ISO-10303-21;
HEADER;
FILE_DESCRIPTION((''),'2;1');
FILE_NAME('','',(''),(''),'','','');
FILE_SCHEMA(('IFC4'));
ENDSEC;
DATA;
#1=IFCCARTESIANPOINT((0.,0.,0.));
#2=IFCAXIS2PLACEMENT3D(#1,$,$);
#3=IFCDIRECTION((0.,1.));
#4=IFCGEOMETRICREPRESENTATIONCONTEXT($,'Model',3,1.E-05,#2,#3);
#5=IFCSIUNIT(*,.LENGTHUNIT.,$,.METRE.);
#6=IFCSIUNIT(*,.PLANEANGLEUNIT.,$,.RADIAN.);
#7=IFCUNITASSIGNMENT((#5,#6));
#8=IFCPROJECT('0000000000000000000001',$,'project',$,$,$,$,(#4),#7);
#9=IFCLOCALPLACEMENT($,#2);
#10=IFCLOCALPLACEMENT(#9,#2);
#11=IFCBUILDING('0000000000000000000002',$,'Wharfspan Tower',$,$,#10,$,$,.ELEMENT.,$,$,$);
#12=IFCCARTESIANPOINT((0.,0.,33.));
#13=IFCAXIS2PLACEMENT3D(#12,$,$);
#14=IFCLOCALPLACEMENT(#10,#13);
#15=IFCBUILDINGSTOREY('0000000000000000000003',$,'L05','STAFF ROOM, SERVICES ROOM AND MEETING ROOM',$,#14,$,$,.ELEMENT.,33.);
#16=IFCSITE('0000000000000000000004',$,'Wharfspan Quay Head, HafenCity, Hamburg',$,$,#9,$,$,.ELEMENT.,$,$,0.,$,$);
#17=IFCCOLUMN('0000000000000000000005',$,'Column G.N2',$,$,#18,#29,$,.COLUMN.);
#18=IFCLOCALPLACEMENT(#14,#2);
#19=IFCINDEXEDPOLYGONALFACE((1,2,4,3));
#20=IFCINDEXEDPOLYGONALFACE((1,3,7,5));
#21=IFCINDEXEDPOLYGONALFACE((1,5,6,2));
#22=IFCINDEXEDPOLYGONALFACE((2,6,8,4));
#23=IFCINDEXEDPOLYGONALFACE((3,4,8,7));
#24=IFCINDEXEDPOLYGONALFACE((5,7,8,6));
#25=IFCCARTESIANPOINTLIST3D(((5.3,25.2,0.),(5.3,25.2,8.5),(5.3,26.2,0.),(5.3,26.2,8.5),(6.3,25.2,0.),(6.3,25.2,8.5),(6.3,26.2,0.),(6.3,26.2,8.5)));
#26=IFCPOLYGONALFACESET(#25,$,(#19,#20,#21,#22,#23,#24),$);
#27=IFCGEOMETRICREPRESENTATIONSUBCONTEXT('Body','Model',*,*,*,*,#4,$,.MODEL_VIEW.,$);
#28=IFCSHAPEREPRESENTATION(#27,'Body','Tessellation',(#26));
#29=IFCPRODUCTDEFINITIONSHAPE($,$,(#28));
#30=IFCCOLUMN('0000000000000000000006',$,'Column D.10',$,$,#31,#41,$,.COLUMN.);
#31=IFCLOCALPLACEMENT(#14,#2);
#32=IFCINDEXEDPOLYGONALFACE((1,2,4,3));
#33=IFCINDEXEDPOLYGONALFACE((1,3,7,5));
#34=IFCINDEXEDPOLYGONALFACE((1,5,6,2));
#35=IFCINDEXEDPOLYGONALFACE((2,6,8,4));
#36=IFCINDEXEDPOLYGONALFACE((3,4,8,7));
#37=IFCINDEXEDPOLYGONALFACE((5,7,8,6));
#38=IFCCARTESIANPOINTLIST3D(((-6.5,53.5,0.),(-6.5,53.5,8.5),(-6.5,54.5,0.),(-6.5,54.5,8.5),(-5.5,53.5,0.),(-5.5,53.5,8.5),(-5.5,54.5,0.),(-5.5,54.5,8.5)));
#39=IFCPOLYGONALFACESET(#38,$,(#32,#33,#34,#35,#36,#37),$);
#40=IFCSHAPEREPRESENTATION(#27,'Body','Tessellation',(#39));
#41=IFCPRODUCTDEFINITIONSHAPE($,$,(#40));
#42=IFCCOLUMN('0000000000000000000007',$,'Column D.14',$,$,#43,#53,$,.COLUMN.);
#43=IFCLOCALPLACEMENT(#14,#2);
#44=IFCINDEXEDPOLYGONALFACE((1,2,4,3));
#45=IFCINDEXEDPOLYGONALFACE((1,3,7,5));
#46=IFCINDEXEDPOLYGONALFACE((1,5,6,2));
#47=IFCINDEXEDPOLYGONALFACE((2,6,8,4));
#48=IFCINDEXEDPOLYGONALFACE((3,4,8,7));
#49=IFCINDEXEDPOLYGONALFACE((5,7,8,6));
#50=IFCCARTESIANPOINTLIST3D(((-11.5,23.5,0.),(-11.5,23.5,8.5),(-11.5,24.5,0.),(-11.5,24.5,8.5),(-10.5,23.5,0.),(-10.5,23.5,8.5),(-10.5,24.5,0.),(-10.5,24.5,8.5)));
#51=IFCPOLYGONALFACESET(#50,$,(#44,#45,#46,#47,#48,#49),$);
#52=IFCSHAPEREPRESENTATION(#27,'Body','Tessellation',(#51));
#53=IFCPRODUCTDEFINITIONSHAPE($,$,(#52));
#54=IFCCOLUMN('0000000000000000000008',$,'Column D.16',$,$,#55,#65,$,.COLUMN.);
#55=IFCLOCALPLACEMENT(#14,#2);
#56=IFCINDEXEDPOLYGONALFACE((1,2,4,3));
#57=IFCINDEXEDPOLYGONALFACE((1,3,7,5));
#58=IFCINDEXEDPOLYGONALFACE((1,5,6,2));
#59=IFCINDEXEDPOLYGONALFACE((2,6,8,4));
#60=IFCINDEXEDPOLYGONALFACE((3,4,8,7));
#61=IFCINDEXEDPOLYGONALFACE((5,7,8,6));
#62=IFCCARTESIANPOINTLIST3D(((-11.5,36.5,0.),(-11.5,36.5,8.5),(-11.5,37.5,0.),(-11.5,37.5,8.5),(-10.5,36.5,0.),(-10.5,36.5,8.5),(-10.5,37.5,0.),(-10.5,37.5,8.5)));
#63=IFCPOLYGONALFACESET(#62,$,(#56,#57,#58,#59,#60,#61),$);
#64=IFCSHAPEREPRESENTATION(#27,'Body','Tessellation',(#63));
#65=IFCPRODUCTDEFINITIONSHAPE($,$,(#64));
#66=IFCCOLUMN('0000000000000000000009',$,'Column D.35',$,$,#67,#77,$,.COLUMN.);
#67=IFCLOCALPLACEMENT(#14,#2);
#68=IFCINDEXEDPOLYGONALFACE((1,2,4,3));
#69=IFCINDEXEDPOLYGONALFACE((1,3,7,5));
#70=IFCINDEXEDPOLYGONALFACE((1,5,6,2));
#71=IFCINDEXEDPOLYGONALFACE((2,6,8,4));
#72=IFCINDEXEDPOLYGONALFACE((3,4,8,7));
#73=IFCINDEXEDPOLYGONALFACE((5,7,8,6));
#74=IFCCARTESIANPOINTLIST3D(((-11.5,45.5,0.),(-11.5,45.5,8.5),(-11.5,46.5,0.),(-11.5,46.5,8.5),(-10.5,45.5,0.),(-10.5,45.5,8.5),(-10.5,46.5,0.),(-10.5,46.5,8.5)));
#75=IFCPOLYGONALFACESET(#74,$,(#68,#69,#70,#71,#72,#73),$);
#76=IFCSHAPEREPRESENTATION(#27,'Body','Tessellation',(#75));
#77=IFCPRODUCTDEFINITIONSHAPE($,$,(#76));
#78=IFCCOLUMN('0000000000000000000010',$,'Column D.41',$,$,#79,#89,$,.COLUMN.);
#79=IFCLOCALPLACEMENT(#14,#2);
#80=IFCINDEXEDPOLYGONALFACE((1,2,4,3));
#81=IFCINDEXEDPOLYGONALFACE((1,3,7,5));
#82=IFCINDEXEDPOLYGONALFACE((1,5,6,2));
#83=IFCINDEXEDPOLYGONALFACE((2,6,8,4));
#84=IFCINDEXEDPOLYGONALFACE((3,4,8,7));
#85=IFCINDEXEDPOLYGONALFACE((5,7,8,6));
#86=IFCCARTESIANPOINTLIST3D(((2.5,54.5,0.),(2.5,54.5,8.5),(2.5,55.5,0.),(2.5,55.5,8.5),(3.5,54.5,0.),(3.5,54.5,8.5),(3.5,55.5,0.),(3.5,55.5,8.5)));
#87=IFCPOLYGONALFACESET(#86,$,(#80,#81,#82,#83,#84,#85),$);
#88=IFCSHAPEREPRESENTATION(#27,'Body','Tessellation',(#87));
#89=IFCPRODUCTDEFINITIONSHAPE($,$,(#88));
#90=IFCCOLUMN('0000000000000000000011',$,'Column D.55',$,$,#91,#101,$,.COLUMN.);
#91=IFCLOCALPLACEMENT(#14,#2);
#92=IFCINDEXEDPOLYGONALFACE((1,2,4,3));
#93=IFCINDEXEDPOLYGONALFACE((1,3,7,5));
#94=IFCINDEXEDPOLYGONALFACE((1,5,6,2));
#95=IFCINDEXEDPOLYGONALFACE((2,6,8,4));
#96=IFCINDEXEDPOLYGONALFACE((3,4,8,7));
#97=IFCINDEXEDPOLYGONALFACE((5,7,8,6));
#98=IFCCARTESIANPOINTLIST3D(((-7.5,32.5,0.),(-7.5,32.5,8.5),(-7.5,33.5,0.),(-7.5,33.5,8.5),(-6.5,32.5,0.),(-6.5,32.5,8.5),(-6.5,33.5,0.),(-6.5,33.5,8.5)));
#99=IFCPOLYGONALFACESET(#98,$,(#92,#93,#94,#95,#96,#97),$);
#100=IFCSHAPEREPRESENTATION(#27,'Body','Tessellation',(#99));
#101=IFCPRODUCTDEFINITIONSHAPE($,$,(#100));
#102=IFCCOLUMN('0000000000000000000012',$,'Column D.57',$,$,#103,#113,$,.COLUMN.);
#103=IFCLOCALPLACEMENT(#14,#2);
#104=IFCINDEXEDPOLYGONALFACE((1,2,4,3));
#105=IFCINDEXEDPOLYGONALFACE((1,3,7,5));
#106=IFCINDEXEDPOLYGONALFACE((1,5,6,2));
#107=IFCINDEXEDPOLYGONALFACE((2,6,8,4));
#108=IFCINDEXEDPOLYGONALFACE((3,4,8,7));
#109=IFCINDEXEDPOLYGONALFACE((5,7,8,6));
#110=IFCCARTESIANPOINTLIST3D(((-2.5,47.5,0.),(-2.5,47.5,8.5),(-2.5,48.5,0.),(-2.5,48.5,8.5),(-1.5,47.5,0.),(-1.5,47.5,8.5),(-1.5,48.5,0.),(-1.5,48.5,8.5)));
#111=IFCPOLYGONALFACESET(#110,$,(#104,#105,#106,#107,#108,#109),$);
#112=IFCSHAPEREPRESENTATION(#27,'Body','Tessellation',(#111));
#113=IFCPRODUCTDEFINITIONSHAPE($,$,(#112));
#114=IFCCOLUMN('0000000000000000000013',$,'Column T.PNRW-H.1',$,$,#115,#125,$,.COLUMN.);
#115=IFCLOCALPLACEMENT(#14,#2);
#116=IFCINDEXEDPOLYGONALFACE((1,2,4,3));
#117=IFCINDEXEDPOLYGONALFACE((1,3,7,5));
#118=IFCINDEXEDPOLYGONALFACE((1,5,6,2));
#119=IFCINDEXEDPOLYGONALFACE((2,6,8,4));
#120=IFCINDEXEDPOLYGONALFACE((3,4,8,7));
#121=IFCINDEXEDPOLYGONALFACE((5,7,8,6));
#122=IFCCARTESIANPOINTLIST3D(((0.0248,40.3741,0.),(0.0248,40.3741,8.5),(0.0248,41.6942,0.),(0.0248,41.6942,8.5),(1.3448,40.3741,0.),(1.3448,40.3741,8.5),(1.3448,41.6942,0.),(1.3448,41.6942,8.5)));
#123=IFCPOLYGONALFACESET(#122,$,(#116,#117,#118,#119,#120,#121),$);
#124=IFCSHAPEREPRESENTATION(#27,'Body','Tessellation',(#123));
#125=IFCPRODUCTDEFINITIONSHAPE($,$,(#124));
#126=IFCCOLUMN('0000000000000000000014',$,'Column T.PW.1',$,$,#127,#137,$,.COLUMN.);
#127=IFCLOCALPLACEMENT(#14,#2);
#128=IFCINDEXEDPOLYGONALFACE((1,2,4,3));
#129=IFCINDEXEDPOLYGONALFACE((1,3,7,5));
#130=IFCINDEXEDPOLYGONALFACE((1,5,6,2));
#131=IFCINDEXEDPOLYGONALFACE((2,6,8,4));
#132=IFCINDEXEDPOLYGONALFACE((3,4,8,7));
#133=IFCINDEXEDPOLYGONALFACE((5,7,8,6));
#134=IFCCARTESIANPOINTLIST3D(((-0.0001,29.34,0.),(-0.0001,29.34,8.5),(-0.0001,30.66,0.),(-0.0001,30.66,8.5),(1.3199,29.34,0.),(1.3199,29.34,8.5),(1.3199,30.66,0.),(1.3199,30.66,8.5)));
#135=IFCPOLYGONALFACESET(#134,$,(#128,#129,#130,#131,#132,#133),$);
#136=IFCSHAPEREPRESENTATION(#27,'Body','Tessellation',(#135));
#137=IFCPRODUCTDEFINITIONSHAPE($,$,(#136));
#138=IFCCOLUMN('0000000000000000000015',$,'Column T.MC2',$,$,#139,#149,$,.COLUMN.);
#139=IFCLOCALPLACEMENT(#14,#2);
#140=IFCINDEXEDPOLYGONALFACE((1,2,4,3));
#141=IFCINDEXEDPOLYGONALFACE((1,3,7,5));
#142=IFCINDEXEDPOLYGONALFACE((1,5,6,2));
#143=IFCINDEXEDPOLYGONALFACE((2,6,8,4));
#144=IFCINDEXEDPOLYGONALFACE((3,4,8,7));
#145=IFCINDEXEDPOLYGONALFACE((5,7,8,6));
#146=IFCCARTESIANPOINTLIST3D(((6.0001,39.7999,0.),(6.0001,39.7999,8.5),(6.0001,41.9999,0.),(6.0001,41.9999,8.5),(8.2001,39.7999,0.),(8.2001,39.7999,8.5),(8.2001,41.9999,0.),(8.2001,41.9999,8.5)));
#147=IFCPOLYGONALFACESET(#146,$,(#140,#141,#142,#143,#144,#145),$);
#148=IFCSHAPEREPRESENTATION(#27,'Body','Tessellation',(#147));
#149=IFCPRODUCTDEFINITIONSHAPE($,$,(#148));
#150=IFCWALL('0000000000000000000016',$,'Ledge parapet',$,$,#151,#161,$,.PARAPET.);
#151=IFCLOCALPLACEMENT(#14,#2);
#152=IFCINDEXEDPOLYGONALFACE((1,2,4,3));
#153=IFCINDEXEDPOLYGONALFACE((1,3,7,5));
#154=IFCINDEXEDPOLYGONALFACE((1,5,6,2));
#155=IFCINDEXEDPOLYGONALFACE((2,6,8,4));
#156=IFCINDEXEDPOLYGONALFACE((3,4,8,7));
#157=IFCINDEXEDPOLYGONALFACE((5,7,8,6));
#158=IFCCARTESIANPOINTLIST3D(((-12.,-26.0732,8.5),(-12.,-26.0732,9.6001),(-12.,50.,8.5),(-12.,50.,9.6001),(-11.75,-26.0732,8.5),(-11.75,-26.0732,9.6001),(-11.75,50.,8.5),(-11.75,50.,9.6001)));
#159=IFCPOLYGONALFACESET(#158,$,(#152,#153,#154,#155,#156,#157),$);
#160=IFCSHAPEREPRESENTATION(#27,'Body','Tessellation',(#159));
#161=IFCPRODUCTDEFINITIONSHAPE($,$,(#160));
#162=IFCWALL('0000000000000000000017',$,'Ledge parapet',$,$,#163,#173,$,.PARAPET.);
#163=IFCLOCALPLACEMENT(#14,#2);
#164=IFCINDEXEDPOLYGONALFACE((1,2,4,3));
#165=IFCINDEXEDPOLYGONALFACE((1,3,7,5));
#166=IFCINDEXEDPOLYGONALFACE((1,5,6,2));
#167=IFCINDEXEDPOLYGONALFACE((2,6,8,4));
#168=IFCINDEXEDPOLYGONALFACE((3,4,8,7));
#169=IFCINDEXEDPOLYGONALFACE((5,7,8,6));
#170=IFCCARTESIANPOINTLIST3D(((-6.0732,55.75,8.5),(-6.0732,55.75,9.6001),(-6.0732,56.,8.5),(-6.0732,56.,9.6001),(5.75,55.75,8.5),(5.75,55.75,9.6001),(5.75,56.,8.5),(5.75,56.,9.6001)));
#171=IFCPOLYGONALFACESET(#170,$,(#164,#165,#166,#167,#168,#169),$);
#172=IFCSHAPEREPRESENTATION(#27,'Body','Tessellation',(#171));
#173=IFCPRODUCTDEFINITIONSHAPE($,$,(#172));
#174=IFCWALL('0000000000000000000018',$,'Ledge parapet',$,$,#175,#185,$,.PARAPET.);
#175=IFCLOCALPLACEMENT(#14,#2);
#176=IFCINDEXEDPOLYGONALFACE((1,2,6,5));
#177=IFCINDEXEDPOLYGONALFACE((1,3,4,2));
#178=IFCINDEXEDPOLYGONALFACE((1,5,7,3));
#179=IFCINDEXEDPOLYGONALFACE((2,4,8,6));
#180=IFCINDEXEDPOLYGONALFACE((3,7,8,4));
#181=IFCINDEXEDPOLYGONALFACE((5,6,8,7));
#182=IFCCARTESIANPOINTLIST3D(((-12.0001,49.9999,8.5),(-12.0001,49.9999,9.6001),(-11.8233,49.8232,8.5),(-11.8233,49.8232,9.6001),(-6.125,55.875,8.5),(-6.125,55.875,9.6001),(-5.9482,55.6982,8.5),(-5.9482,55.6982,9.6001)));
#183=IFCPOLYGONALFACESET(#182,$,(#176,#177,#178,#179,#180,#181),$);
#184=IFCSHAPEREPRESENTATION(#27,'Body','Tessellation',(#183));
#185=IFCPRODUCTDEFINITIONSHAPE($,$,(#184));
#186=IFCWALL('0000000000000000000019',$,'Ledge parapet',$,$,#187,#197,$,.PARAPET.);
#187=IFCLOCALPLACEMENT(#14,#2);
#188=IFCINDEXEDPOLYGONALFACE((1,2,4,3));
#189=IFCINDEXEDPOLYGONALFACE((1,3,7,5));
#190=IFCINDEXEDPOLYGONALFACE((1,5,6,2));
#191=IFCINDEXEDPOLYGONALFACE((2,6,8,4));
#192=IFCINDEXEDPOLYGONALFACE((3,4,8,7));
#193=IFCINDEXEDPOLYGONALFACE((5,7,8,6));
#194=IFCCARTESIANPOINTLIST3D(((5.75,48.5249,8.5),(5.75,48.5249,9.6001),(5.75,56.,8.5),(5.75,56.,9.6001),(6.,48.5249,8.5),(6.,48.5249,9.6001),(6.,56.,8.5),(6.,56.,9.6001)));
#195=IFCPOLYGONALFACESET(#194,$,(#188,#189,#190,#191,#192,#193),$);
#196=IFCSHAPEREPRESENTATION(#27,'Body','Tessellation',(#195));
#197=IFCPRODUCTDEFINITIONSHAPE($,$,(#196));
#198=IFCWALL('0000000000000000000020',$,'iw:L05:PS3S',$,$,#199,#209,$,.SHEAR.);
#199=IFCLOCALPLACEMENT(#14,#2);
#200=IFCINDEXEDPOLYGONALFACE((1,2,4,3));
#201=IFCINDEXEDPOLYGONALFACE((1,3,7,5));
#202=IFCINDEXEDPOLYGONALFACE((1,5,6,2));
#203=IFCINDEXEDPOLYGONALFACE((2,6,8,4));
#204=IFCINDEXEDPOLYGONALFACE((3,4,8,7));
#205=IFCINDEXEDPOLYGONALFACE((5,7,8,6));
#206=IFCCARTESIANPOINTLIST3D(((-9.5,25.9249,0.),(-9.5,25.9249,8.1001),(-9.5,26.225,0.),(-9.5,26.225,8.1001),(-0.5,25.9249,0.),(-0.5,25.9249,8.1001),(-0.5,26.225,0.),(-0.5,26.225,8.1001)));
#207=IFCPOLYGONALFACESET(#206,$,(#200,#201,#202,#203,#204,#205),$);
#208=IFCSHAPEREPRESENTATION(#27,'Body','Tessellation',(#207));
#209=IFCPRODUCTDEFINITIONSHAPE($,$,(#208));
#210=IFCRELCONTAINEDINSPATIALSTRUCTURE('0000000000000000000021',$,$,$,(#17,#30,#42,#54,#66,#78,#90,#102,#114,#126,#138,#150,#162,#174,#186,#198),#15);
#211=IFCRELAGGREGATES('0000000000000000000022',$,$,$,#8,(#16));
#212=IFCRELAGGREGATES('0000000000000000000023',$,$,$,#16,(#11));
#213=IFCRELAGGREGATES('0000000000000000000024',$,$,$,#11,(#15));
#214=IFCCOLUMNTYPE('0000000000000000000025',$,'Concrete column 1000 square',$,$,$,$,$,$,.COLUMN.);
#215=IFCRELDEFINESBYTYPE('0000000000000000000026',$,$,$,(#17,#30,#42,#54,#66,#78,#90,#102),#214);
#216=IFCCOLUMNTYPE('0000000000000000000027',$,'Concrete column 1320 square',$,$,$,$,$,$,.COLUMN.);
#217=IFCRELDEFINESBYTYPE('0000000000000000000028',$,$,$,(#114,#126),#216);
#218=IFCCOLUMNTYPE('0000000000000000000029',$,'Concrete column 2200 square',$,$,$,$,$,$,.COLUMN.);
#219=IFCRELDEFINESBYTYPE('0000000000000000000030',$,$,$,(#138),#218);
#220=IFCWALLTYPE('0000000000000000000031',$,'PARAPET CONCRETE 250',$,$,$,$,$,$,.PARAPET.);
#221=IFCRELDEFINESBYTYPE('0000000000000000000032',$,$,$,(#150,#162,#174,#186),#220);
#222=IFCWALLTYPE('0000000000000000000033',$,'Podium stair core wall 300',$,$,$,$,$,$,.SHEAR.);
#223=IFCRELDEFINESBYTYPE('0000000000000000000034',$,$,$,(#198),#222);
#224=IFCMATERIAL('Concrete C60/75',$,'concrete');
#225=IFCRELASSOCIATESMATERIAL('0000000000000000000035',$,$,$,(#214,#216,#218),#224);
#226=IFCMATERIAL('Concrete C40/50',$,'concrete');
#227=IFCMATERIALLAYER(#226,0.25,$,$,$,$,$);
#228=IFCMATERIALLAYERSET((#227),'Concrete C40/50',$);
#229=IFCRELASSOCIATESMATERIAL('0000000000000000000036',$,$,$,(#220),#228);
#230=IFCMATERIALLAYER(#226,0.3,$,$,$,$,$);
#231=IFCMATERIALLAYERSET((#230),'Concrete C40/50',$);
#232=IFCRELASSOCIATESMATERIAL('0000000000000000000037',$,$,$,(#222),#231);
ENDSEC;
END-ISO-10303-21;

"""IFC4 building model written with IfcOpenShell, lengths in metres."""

from ifc_helpers import new_model, si_unit, direction, frame, frame_2d, origin, origin_2d, place, context, subcontext, project, spatial, rectangle, extrude, material, layer, layer_set, material_profile, profile_set, type_object, element, save


model = new_model("IFC4")

# Units and contexts
model_context = context("Model", 3, precision=1e-05, world=origin(), true_north=direction((0.0, 1.0)))
body_context = subcontext(model_context, "Body", "Model", "MODEL_VIEW")
ifc_project = project(units=[si_unit("LENGTHUNIT", "METRE"), si_unit("PLANEANGLEUNIT", "RADIAN")], contexts=[model_context])

# Site, building, storey
site_placement = place(None, origin())
site = spatial("IfcSite", under=ifc_project, at=site_placement, Name="Wharfspan Quay Head, HafenCity, Hamburg", CompositionType="ELEMENT", RefElevation=0.0)
building_placement = place(site_placement, origin())
building = spatial("IfcBuilding", under=site, at=building_placement, Name="Wharfspan Tower", CompositionType="ELEMENT")
storey_placement = place(building_placement, frame((0.0, 0.0, 33.0)))
storey = spatial("IfcBuildingStorey", under=building, at=storey_placement, Name="L05", Description="STAFF ROOM, SERVICES ROOM AND MEETING ROOM", CompositionType="ELEMENT", Elevation=33.0)

# Columns
ifc_material_1 = material(Name="Concrete C60/75", Category="concrete")
ifc_material_profile_1 = material_profile(ifc_material_1, rectangle(XDim=1.0, YDim=1.0, at=origin_2d()))
ifc_profile_set_1 = profile_set([ifc_material_profile_1], Name="Concrete C60/75")
column_type_1 = type_object("IfcColumnType", Name="Concrete column 1000 square", PredefinedType="COLUMN", material=ifc_profile_set_1)
for number, where, z_axis, x_axis, name in (
    (1, (5.8, 25.7, 0.0), (0.0, 0.0, 1.0), (1.0, 0.0, 0.0), "Column G.N2"),
    (2, (-6.0, 54.0, 0.0), (0.0, 0.0, 1.0), (1.0, 0.0, 0.0), "Column D.10"),
    (3, (-11.0, 24.0, 0.0), (0.0, 0.0, 1.0), (1.0, 0.0, 0.0), "Column D.14"),
    (4, (-11.0, 37.0, 0.0), (0.0, 0.0, 1.0), (1.0, 0.0, 0.0), "Column D.16"),
    (5, (-11.0, 46.0, 0.0), (0.0, 0.0, 1.0), (1.0, 0.0, 0.0), "Column D.35"),
    (6, (3.0, 55.0, 0.0), (0.0, 0.0, 1.0), (1.0, 0.0, 0.0), "Column D.41"),
    (7, (-7.0, 33.0, 0.0), (0.0, 0.0, 1.0), (1.0, 0.0, 0.0), "Column D.55"),
    (8, (-2.0, 48.0, 0.0), (0.0, 0.0, 1.0), (1.0, 0.0, 0.0), "Column D.57"),
):
    element("IfcColumn", number, at=place(storey_placement, frame(where, z_axis=z_axis, x_axis=x_axis)), inside=storey, type_object=column_type_1, Name=name, PredefinedType="COLUMN", context=body_context, shape_type="SweptSolid", body=[
        extrude(rectangle(XDim=1.0, YDim=1.0, at=origin_2d()), origin(), (0.0, 0.0, 1.0), 8.5),
    ])
ifc_material_profile_2 = material_profile(ifc_material_1, rectangle(XDim=1.3201, YDim=1.3201, at=origin_2d()))
ifc_profile_set_2 = profile_set([ifc_material_profile_2], Name="Concrete C60/75")
column_type_2 = type_object("IfcColumnType", Name="Concrete column 1320 square", PredefinedType="COLUMN", material=ifc_profile_set_2)
for number, where, z_axis, x_axis, name in (
    (9, (0.6848, 41.0342, 0.0), (0.0, 0.0, 1.0), (1.0, 0.0, 0.0), "Column T.PNRW-H.1"),
    (10, (0.6599, 30.0, 0.0), (0.0, 0.0, 1.0), (1.0, 0.0, 0.0), "Column T.PW.1"),
):
    element("IfcColumn", number, at=place(storey_placement, frame(where, z_axis=z_axis, x_axis=x_axis)), inside=storey, type_object=column_type_2, Name=name, PredefinedType="COLUMN", context=body_context, shape_type="SweptSolid", body=[
        extrude(rectangle(XDim=1.3201, YDim=1.3201, at=origin_2d()), origin(), (0.0, 0.0, 1.0), 8.5),
    ])
ifc_material_profile_3 = material_profile(ifc_material_1, rectangle(XDim=2.2, YDim=2.2, at=origin_2d()))
ifc_profile_set_3 = profile_set([ifc_material_profile_3], Name="Concrete C60/75")
column_type_3 = type_object("IfcColumnType", Name="Concrete column 2200 square", PredefinedType="COLUMN", material=ifc_profile_set_3)
column_placement = place(storey_placement, frame((7.1001, 40.8999, 0.0), z_axis=(0.0, 0.0, 1.0), x_axis=(1.0, 0.0, 0.0)))
element("IfcColumn", 11, at=column_placement, inside=storey, type_object=column_type_3, Name="Column T.MC2", PredefinedType="COLUMN", context=body_context, shape_type="SweptSolid", body=[
    extrude(rectangle(XDim=2.2, YDim=2.2, at=origin_2d()), origin(), (0.0, 0.0, 1.0), 8.5),
])

# Walls
ifc_material_2 = material(Name="Concrete C40/50", Category="concrete")
ifc_layer_1 = layer(ifc_material_2, 0.25)
ifc_layer_set_1 = layer_set([ifc_layer_1], Name="Concrete C40/50")
wall_type_1 = type_object("IfcWallType", Name="PARAPET CONCRETE 250", PredefinedType="PARAPET", material=ifc_layer_set_1)
wall_1_placement = place(storey_placement, frame((-11.875, 50.0, 8.5), z_axis=(0.0, 0.0, 1.0), x_axis=(0.0, -1.0, 0.0)))
element("IfcWall", 12, at=wall_1_placement, inside=storey, type_object=wall_type_1, Name="Ledge parapet", PredefinedType="PARAPET", context=body_context, shape_type="SweptSolid", body=[
    extrude(rectangle(XDim=76.0732, YDim=0.25, at=frame_2d((38.0366, 0.0))), origin(), (0.0, 0.0, 1.0), 1.1001),
])
wall_2_placement = place(storey_placement, frame((5.75, 55.875, 8.5), z_axis=(0.0, 0.0, 1.0), x_axis=(-1.0, 0.0, 0.0)))
element("IfcWall", 13, at=wall_2_placement, inside=storey, type_object=wall_type_1, Name="Ledge parapet", PredefinedType="PARAPET", context=body_context, shape_type="SweptSolid", body=[
    extrude(rectangle(XDim=11.8232, YDim=0.25, at=frame_2d((5.9116, 0.0))), origin(), (0.0, 0.0, 1.0), 1.1001),
])
wall_3_placement = place(storey_placement, frame((-6.0366, 55.7866, 8.5), z_axis=(0.0, 0.0, 1.0), x_axis=(-0.707107, -0.707107, 0.0)))
element("IfcWall", 14, at=wall_3_placement, inside=storey, type_object=wall_type_1, Name="Ledge parapet", PredefinedType="PARAPET", context=body_context, shape_type="SweptSolid", body=[
    extrude(rectangle(XDim=8.3086, YDim=0.25, at=frame_2d((4.1543, 0.0))), origin(), (0.0, 0.0, 1.0), 1.1001),
])
wall_4_placement = place(storey_placement, frame((5.875, 48.5249, 8.5), z_axis=(0.0, 0.0, 1.0), x_axis=(0.0, 1.0, 0.0)))
element("IfcWall", 15, at=wall_4_placement, inside=storey, type_object=wall_type_1, Name="Ledge parapet", PredefinedType="PARAPET", context=body_context, shape_type="SweptSolid", body=[
    extrude(rectangle(XDim=7.4751, YDim=0.25, at=frame_2d((3.7375, 0.0))), origin(), (0.0, 0.0, 1.0), 1.1001),
])
ifc_layer_2 = layer(ifc_material_2, 0.3)
ifc_layer_set_2 = layer_set([ifc_layer_2], Name="Concrete C40/50")
wall_type_2 = type_object("IfcWallType", Name="Podium stair core wall 300", PredefinedType="SHEAR", material=ifc_layer_set_2)
for number, where, z_axis, x_axis, name in (
    (16, (-9.5, 26.075, 0.0), (0.0, 0.0, 1.0), (1.0, 0.0, 0.0), "iw:L05:PS3S"),
):
    element("IfcWall", number, at=place(storey_placement, frame(where, z_axis=z_axis, x_axis=x_axis)), inside=storey, type_object=wall_type_2, Name=name, PredefinedType="SHEAR", context=body_context, shape_type="SweptSolid", body=[
        extrude(rectangle(XDim=9.0, YDim=0.3, at=frame_2d((4.5, 0.0))), origin(), (0.0, 0.0, 1.0), 8.1001),
    ])

save(model, "model.ifc")
